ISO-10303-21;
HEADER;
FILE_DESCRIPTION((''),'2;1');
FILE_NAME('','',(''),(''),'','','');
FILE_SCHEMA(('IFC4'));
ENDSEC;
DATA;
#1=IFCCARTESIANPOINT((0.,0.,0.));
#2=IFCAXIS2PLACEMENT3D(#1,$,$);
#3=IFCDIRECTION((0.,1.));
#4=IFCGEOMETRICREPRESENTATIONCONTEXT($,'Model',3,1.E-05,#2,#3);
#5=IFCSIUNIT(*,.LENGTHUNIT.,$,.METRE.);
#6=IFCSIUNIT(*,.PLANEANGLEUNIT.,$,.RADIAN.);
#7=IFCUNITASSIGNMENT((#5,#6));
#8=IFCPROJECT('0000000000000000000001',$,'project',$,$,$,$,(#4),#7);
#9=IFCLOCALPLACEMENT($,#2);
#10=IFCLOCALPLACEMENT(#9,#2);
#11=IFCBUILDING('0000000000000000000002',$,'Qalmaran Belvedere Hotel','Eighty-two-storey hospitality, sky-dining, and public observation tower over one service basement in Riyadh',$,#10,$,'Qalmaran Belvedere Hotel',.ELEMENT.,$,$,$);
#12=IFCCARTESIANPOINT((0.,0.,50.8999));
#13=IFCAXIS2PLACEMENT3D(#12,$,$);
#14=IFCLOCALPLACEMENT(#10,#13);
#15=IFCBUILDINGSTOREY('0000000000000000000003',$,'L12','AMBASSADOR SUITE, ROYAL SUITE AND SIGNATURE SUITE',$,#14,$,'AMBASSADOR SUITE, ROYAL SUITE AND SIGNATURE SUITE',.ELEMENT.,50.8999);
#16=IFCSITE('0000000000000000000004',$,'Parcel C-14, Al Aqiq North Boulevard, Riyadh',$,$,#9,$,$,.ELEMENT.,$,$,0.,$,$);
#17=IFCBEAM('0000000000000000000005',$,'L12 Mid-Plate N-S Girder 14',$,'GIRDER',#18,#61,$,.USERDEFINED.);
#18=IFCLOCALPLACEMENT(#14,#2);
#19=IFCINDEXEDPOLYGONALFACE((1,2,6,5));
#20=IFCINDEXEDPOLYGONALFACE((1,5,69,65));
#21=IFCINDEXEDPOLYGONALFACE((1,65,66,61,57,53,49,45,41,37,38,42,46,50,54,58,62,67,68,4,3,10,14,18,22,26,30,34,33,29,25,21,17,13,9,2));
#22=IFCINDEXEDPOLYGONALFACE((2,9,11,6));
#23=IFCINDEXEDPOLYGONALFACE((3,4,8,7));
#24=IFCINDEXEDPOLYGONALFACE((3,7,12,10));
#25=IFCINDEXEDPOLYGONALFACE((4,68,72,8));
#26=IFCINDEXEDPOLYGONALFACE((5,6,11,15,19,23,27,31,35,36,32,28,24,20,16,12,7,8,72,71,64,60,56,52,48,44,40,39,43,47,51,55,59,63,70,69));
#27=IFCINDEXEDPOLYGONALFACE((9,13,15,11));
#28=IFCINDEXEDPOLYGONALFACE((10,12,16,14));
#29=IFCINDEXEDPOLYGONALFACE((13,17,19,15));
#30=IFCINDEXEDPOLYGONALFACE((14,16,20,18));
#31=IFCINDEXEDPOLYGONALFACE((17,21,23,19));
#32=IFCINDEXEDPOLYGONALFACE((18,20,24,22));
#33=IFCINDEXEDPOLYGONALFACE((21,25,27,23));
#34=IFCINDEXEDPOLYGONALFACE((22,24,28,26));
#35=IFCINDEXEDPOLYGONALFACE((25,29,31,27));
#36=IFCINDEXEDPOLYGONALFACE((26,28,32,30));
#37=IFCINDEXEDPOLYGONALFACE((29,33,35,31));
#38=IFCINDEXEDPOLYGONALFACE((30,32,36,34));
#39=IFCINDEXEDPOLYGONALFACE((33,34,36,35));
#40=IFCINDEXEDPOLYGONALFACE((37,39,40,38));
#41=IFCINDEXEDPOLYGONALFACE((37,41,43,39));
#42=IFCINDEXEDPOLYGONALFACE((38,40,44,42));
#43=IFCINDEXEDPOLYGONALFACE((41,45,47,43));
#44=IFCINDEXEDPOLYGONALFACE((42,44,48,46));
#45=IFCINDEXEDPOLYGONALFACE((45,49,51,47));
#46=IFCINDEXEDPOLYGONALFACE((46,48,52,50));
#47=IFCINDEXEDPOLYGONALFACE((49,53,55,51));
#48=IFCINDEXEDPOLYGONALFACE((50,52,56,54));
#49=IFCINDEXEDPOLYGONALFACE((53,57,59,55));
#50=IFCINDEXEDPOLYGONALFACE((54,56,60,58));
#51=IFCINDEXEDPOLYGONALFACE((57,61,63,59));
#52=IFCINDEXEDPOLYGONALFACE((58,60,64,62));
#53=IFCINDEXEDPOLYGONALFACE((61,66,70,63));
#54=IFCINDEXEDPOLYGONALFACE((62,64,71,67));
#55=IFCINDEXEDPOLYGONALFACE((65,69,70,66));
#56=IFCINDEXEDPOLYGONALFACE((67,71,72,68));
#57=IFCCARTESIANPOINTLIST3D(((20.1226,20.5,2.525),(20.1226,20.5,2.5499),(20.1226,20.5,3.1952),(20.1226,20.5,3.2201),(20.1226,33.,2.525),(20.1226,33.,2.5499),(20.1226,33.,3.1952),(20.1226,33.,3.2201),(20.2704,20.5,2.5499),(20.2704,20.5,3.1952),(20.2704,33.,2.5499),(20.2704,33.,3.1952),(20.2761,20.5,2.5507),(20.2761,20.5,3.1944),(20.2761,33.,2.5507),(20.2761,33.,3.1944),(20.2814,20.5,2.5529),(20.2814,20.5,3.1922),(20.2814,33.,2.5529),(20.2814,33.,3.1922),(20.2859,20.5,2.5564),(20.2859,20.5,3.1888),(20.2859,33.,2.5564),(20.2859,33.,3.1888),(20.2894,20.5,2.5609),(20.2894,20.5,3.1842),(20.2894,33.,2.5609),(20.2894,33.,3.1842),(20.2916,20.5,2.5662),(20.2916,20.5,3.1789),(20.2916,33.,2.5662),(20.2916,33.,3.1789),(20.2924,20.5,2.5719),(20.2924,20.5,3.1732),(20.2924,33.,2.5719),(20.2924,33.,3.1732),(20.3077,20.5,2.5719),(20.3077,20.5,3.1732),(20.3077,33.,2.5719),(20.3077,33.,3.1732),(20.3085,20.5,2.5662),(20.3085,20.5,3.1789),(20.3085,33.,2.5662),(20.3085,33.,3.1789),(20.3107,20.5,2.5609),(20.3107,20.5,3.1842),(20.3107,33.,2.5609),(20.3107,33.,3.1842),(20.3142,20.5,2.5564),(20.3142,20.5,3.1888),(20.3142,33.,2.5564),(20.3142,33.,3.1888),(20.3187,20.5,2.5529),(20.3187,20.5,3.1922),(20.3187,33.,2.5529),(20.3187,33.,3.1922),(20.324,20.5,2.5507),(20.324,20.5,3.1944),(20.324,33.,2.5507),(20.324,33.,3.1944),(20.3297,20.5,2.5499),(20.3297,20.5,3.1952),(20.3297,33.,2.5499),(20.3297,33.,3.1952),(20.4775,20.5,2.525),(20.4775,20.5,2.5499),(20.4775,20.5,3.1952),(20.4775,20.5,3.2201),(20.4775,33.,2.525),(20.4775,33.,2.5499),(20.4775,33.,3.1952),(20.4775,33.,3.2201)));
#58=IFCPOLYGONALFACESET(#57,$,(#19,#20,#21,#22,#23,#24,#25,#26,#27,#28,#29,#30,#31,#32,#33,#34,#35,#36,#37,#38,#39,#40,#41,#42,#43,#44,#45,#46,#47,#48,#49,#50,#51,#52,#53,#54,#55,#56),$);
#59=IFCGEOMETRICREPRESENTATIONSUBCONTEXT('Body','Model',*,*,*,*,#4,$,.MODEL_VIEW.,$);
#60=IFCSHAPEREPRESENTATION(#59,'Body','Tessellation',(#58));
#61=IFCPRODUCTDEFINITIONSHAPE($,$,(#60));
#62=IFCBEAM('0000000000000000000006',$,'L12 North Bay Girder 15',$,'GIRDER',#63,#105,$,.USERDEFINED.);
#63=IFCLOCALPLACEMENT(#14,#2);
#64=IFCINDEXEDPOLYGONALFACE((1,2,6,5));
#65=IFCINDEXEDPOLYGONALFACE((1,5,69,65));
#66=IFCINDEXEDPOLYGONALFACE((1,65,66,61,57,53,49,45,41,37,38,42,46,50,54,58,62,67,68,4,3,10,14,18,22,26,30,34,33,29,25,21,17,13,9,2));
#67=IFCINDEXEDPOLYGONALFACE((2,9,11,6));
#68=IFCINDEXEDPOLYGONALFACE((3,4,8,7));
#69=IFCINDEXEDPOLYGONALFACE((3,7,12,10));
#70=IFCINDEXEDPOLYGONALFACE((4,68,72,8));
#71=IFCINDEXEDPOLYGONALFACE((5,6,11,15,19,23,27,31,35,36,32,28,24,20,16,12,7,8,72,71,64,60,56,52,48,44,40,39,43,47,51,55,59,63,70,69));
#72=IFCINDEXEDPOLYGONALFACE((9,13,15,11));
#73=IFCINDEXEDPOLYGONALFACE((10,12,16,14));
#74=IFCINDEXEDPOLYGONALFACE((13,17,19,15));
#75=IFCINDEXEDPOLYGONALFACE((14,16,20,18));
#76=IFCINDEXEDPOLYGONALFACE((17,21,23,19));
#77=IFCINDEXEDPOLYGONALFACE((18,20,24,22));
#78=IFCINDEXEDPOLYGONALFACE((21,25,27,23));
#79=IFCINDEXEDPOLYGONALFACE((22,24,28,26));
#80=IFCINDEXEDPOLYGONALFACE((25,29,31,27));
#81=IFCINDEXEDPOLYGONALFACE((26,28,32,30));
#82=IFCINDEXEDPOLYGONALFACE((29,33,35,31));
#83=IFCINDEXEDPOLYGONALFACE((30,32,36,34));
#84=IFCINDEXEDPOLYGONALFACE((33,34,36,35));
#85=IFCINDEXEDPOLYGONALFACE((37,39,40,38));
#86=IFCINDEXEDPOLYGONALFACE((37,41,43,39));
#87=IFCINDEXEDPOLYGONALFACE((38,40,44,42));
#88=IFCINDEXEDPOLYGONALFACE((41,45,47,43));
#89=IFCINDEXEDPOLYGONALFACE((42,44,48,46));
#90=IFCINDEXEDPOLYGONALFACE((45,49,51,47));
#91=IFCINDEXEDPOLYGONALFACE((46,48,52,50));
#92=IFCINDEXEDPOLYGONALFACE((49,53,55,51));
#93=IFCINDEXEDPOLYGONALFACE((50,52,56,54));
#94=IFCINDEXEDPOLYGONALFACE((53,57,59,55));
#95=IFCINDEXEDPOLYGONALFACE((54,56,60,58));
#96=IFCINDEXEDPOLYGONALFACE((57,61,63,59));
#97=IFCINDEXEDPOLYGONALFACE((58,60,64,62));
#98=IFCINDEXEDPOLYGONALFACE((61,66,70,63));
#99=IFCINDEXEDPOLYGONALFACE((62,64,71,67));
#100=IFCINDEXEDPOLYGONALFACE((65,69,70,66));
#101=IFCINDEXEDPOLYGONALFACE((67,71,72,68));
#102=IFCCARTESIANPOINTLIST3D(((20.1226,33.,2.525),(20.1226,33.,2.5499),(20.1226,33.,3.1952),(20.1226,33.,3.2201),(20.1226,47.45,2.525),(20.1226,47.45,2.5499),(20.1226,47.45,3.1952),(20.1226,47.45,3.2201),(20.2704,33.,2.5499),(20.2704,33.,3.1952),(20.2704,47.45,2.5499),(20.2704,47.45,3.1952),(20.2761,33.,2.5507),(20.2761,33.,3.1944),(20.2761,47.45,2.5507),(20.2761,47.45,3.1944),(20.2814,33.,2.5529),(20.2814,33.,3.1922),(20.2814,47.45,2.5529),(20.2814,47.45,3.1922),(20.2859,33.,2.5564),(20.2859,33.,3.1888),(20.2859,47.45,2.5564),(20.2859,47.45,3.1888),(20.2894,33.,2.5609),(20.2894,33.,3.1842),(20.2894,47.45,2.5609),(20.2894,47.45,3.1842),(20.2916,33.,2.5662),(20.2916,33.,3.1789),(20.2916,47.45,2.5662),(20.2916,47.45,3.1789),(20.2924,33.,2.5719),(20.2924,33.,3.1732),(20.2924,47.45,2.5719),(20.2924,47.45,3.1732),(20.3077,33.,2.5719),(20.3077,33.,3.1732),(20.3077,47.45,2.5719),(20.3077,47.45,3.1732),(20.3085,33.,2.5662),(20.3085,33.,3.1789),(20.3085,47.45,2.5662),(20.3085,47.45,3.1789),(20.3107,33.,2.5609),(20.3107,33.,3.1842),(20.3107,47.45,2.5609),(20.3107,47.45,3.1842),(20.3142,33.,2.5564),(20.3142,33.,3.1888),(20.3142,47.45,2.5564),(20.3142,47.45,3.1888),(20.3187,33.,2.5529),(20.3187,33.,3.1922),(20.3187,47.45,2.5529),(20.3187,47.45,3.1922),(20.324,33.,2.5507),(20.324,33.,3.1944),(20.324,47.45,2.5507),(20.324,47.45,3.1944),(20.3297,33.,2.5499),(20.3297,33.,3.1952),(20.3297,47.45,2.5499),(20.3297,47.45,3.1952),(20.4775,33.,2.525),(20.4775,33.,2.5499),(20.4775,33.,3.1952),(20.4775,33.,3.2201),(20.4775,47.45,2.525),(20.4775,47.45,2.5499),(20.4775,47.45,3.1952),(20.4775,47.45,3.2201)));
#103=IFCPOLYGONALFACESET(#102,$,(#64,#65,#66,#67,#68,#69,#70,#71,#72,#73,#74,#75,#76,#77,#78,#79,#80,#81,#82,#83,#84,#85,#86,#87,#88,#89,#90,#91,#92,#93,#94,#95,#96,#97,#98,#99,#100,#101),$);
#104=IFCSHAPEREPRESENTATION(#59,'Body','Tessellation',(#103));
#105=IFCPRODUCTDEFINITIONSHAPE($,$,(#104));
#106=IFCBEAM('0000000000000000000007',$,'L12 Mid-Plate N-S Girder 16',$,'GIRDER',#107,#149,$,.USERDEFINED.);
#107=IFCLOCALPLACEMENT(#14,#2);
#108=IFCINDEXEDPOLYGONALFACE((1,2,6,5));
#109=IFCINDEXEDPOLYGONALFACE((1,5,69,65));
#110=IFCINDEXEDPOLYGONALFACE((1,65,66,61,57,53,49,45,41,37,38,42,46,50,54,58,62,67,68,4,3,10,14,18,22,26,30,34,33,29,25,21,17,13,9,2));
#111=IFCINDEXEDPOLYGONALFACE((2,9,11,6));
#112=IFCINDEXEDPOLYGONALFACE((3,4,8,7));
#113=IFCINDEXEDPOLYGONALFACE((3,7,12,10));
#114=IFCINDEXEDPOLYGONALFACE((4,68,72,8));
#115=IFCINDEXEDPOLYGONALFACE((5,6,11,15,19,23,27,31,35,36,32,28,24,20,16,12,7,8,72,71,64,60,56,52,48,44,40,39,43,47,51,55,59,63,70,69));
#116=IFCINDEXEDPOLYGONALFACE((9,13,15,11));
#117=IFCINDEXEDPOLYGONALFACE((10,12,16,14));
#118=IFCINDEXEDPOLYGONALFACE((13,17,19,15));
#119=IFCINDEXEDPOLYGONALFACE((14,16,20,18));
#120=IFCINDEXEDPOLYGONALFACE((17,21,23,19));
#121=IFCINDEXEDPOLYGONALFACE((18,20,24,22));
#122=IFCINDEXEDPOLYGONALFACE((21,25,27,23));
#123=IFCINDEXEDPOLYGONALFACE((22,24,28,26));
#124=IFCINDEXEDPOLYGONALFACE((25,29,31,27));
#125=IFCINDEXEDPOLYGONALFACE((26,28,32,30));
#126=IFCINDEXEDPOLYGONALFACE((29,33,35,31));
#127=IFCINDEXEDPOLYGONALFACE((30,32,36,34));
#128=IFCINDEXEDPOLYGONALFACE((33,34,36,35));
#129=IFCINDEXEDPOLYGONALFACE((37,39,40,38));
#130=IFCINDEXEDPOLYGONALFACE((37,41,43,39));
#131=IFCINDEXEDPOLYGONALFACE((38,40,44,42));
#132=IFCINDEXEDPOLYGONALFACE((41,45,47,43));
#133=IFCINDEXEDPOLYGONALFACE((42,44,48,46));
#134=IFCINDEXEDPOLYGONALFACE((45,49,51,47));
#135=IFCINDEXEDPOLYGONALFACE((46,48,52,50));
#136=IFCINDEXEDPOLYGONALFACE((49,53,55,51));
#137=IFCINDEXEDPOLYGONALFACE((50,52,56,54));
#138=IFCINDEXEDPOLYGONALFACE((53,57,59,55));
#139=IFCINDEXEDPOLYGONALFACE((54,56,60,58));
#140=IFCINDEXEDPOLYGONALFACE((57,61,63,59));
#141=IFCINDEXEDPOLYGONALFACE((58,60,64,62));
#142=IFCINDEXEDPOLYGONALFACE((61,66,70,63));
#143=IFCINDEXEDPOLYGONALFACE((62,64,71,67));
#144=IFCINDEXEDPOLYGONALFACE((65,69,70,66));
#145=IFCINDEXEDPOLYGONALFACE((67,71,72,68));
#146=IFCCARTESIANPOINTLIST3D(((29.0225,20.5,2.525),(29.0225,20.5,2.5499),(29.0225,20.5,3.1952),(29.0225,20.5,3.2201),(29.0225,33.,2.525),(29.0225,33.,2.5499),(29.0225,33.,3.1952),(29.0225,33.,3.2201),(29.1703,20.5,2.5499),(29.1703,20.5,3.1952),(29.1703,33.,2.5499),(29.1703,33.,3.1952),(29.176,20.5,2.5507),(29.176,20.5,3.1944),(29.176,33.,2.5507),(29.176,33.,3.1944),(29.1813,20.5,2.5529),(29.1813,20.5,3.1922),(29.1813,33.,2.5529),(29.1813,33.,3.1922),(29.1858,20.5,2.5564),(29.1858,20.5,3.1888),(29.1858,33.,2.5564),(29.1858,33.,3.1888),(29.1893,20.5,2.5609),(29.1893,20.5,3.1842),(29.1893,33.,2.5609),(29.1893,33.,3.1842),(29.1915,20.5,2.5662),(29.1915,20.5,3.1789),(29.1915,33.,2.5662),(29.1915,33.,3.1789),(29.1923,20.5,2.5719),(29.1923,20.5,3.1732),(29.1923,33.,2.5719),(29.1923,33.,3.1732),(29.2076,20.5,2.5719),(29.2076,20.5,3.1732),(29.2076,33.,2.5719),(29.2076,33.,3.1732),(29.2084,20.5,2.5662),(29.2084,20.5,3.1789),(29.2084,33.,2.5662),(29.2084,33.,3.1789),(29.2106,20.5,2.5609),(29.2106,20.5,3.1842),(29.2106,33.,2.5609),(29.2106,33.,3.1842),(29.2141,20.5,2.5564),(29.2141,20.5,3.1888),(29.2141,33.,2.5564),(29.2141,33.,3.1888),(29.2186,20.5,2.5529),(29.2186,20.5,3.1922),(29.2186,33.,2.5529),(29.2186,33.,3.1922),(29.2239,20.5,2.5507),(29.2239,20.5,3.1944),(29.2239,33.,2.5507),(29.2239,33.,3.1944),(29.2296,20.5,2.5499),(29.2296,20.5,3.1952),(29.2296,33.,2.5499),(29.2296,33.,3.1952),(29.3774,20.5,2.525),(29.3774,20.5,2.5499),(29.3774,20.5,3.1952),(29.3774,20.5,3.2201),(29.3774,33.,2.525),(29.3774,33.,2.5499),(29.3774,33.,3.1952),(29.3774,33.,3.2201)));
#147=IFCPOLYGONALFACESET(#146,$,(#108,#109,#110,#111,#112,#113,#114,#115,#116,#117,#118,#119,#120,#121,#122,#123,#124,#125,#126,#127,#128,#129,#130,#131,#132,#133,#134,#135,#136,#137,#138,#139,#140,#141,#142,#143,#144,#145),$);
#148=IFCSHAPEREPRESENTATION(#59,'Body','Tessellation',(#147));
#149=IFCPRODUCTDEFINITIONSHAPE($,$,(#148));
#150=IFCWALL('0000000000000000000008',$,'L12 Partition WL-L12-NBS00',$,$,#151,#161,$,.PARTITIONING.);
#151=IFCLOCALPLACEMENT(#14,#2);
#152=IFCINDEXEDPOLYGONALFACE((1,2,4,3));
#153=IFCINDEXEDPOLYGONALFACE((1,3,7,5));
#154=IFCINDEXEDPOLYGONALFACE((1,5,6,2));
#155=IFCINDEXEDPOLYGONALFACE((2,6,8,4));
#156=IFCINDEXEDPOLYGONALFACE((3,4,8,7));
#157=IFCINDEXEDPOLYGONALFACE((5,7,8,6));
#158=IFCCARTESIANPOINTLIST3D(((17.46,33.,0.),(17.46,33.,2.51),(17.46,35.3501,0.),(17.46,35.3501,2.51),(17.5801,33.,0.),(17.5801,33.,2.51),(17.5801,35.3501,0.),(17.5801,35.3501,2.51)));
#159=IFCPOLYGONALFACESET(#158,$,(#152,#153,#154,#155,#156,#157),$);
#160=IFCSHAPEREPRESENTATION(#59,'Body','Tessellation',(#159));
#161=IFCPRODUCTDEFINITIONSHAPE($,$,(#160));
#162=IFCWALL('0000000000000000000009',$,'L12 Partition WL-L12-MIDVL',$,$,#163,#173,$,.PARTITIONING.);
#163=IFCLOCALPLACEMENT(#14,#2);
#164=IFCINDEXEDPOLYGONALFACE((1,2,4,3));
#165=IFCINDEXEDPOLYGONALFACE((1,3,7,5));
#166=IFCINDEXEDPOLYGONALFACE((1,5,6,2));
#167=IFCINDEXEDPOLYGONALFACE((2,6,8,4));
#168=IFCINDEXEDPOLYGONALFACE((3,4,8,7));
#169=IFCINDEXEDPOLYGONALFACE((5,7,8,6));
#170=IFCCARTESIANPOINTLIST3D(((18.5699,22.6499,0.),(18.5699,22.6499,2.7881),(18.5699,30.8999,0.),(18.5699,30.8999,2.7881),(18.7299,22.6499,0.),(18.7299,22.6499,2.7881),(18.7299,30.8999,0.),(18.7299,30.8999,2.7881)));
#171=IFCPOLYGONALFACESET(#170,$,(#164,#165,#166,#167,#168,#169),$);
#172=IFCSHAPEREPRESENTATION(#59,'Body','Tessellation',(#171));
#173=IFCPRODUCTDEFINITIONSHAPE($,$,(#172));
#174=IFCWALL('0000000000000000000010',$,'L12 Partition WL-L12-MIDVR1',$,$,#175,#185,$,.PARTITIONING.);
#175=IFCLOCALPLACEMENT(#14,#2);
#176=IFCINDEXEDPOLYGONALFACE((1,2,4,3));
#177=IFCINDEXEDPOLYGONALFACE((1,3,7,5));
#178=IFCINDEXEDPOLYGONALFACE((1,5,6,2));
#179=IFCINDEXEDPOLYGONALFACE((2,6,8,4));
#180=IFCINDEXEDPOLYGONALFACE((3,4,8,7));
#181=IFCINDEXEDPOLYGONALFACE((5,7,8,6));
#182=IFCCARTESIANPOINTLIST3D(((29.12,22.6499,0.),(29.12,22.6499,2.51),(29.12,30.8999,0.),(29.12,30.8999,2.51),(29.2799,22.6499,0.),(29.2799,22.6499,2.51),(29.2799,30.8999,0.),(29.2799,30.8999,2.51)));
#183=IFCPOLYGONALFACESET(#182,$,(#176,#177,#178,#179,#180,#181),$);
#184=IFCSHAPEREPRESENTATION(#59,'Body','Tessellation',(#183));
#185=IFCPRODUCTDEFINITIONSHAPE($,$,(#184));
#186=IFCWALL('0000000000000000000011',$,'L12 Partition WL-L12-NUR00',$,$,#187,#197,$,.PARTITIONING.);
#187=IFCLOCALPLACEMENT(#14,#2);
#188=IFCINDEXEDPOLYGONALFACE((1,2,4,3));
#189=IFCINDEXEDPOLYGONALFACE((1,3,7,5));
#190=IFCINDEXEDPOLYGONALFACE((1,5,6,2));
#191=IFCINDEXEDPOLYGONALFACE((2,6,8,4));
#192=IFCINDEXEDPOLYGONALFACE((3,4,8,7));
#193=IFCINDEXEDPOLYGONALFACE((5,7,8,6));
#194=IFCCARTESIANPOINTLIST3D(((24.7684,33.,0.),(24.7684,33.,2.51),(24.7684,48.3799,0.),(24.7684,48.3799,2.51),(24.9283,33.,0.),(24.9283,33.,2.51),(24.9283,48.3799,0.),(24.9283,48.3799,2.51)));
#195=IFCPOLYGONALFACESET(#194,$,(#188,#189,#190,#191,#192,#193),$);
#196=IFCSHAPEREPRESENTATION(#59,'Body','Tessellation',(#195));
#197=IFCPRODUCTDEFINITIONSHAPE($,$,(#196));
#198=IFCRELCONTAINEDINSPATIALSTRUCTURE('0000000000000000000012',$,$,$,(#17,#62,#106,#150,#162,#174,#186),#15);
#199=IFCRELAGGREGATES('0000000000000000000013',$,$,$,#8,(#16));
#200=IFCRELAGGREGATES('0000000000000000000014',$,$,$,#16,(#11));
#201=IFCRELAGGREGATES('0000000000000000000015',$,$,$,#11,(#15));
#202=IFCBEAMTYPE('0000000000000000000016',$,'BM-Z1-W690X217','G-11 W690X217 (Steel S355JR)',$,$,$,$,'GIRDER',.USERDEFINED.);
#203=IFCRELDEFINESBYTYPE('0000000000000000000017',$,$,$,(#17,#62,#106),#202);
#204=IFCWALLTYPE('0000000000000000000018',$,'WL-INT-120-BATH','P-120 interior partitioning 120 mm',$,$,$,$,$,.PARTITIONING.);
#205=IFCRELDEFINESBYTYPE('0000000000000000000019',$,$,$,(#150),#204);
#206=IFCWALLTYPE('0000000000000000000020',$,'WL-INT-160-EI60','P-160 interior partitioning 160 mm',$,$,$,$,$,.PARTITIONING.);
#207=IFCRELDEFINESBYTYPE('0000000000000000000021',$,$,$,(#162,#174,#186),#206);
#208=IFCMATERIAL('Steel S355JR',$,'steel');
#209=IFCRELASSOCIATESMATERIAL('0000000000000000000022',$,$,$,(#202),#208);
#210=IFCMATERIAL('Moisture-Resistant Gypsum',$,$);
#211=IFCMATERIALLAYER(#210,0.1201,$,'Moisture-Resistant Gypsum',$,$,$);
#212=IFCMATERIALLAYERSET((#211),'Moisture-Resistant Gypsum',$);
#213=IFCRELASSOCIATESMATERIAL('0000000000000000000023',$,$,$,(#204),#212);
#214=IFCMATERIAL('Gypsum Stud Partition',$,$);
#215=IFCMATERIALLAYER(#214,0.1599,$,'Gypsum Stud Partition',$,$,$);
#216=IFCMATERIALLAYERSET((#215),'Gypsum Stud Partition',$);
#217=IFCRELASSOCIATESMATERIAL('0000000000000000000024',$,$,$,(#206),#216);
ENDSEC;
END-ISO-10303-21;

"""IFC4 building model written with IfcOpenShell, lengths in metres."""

from ifc_helpers import new_model, si_unit, direction, frame, frame_2d, origin, origin_2d, place, context, subcontext, project, spatial, rectangle, i_section, extrude, material, layer, layer_set, material_profile, profile_set, type_object, element, save


model = new_model("IFC4")

# Units and contexts
model_context = context("Model", 3, precision=1e-05, world=origin(), true_north=direction((0.0, 1.0)))
body_context = subcontext(model_context, "Body", "Model", "MODEL_VIEW")
ifc_project = project(units=[si_unit("LENGTHUNIT", "METRE"), si_unit("PLANEANGLEUNIT", "RADIAN")], contexts=[model_context])

# Site, building, storey
site_placement = place(None, origin())
site = spatial("IfcSite", under=ifc_project, at=site_placement, Name="Parcel C-14, Al Aqiq North Boulevard, Riyadh", CompositionType="ELEMENT", RefElevation=0.0)
building_placement = place(site_placement, origin())
building = spatial("IfcBuilding", under=site, at=building_placement, Name="Qalmaran Belvedere Hotel", Description="Eighty-two-storey hospitality, sky-dining, and public observation tower over one service basement in Riyadh", LongName="Qalmaran Belvedere Hotel", CompositionType="ELEMENT")
storey_placement = place(building_placement, frame((0.0, 0.0, 50.8999)))
storey = spatial("IfcBuildingStorey", under=building, at=storey_placement, Name="L12", Description="AMBASSADOR SUITE, ROYAL SUITE AND SIGNATURE SUITE", LongName="AMBASSADOR SUITE, ROYAL SUITE AND SIGNATURE SUITE", CompositionType="ELEMENT", Elevation=50.8999)

# Beams
ifc_material_1 = material(Name="Steel S355JR", Category="steel")
ifc_material_profile_1 = material_profile(ifc_material_1, i_section(OverallWidth=0.355, OverallDepth=0.6951, WebThickness=0.0154, FlangeThickness=0.0249, FilletRadius=0.022, at=origin_2d()), Name="W690X217")
ifc_profile_set_1 = profile_set([ifc_material_profile_1], Name="Steel S355JR")
beam_type_1 = type_object("IfcBeamType", Name="BM-Z1-W690X217", Description="G-11 W690X217 (Steel S355JR)", ElementType="GIRDER", PredefinedType="USERDEFINED", material=ifc_profile_set_1)
beam_1_placement = place(storey_placement, frame((20.3, 20.5, 2.8726), z_axis=(0.0, 1.0, 0.0), x_axis=(-1.0, 0.0, 0.0)))
element("IfcBeam", 1, at=beam_1_placement, inside=storey, type_object=beam_type_1, Name="L12 Mid-Plate N-S Girder 14", ObjectType="GIRDER", PredefinedType="USERDEFINED", context=body_context, shape_type="SweptSolid", body=[
    extrude(i_section(OverallWidth=0.355, OverallDepth=0.6951, WebThickness=0.0154, FlangeThickness=0.0249, FilletRadius=0.022, at=origin_2d()), origin(), (0.0, 0.0, 1.0), 12.5),
])
beam_2_placement = place(storey_placement, frame((20.3, 33.0, 2.8726), z_axis=(0.0, 1.0, 0.0), x_axis=(-1.0, 0.0, 0.0)))
element("IfcBeam", 2, at=beam_2_placement, inside=storey, type_object=beam_type_1, Name="L12 North Bay Girder 15", ObjectType="GIRDER", PredefinedType="USERDEFINED", context=body_context, shape_type="SweptSolid", body=[
    extrude(i_section(OverallWidth=0.355, OverallDepth=0.6951, WebThickness=0.0154, FlangeThickness=0.0249, FilletRadius=0.022, at=origin_2d()), origin(), (0.0, 0.0, 1.0), 14.45),
])
beam_3_placement = place(storey_placement, frame((29.2, 20.5, 2.8726), z_axis=(0.0, 1.0, 0.0), x_axis=(-1.0, 0.0, 0.0)))
element("IfcBeam", 3, at=beam_3_placement, inside=storey, type_object=beam_type_1, Name="L12 Mid-Plate N-S Girder 16", ObjectType="GIRDER", PredefinedType="USERDEFINED", context=body_context, shape_type="SweptSolid", body=[
    extrude(i_section(OverallWidth=0.355, OverallDepth=0.6951, WebThickness=0.0154, FlangeThickness=0.0249, FilletRadius=0.022, at=origin_2d()), origin(), (0.0, 0.0, 1.0), 12.5),
])

# Wall
ifc_material_2 = material(Name="Moisture-Resistant Gypsum")
ifc_layer_1 = layer(ifc_material_2, 0.1201, Name="Moisture-Resistant Gypsum")
ifc_layer_set_1 = layer_set([ifc_layer_1], Name="Moisture-Resistant Gypsum")
wall_type_1 = type_object("IfcWallType", Name="WL-INT-120-BATH", Description="P-120 interior partitioning 120 mm", PredefinedType="PARTITIONING", material=ifc_layer_set_1)
wall_1_placement = place(storey_placement, frame((17.52, 33.0, 0.0), z_axis=(0.0, 0.0, 1.0), x_axis=(0.0, 1.0, 0.0)))
element("IfcWall", 4, at=wall_1_placement, inside=storey, type_object=wall_type_1, Name="L12 Partition WL-L12-NBS00", PredefinedType="PARTITIONING", context=body_context, shape_type="SweptSolid", body=[
    extrude(rectangle(XDim=2.3501, YDim=0.1201, at=frame_2d((1.175, 0.0))), origin(), (0.0, 0.0, 1.0), 2.51),
])

# Shared definitions
ifc_material_3 = material(Name="Gypsum Stud Partition")

# Walls
ifc_layer_2 = layer(ifc_material_3, 0.1599, Name="Gypsum Stud Partition")
ifc_layer_set_2 = layer_set([ifc_layer_2], Name="Gypsum Stud Partition")
wall_type_2 = type_object("IfcWallType", Name="WL-INT-160-EI60", Description="P-160 interior partitioning 160 mm", PredefinedType="PARTITIONING", material=ifc_layer_set_2)
wall_2_placement = place(storey_placement, frame((18.6499, 22.6499, 0.0), z_axis=(0.0, 0.0, 1.0), x_axis=(0.0, 1.0, 0.0)))
element("IfcWall", 5, at=wall_2_placement, inside=storey, type_object=wall_type_2, Name="L12 Partition WL-L12-MIDVL", PredefinedType="PARTITIONING", context=body_context, shape_type="SweptSolid", body=[
    extrude(rectangle(XDim=8.25, YDim=0.1599, at=frame_2d((4.125, 0.0))), origin(), (0.0, 0.0, 1.0), 2.7881),
])
wall_3_placement = place(storey_placement, frame((29.2, 22.6499, 0.0), z_axis=(0.0, 0.0, 1.0), x_axis=(0.0, 1.0, 0.0)))
element("IfcWall", 6, at=wall_3_placement, inside=storey, type_object=wall_type_2, Name="L12 Partition WL-L12-MIDVR1", PredefinedType="PARTITIONING", context=body_context, shape_type="SweptSolid", body=[
    extrude(rectangle(XDim=8.25, YDim=0.1599, at=frame_2d((4.125, 0.0))), origin(), (0.0, 0.0, 1.0), 2.51),
])
wall_4_placement = place(storey_placement, frame((24.8484, 33.0, 0.0), z_axis=(0.0, 0.0, 1.0), x_axis=(0.0, 1.0, 0.0)))
element("IfcWall", 7, at=wall_4_placement, inside=storey, type_object=wall_type_2, Name="L12 Partition WL-L12-NUR00", PredefinedType="PARTITIONING", context=body_context, shape_type="SweptSolid", body=[
    extrude(rectangle(XDim=15.3799, YDim=0.1599, at=frame_2d((7.6899, 0.0))), origin(), (0.0, 0.0, 1.0), 2.51),
])

save(model, "model.ifc")
